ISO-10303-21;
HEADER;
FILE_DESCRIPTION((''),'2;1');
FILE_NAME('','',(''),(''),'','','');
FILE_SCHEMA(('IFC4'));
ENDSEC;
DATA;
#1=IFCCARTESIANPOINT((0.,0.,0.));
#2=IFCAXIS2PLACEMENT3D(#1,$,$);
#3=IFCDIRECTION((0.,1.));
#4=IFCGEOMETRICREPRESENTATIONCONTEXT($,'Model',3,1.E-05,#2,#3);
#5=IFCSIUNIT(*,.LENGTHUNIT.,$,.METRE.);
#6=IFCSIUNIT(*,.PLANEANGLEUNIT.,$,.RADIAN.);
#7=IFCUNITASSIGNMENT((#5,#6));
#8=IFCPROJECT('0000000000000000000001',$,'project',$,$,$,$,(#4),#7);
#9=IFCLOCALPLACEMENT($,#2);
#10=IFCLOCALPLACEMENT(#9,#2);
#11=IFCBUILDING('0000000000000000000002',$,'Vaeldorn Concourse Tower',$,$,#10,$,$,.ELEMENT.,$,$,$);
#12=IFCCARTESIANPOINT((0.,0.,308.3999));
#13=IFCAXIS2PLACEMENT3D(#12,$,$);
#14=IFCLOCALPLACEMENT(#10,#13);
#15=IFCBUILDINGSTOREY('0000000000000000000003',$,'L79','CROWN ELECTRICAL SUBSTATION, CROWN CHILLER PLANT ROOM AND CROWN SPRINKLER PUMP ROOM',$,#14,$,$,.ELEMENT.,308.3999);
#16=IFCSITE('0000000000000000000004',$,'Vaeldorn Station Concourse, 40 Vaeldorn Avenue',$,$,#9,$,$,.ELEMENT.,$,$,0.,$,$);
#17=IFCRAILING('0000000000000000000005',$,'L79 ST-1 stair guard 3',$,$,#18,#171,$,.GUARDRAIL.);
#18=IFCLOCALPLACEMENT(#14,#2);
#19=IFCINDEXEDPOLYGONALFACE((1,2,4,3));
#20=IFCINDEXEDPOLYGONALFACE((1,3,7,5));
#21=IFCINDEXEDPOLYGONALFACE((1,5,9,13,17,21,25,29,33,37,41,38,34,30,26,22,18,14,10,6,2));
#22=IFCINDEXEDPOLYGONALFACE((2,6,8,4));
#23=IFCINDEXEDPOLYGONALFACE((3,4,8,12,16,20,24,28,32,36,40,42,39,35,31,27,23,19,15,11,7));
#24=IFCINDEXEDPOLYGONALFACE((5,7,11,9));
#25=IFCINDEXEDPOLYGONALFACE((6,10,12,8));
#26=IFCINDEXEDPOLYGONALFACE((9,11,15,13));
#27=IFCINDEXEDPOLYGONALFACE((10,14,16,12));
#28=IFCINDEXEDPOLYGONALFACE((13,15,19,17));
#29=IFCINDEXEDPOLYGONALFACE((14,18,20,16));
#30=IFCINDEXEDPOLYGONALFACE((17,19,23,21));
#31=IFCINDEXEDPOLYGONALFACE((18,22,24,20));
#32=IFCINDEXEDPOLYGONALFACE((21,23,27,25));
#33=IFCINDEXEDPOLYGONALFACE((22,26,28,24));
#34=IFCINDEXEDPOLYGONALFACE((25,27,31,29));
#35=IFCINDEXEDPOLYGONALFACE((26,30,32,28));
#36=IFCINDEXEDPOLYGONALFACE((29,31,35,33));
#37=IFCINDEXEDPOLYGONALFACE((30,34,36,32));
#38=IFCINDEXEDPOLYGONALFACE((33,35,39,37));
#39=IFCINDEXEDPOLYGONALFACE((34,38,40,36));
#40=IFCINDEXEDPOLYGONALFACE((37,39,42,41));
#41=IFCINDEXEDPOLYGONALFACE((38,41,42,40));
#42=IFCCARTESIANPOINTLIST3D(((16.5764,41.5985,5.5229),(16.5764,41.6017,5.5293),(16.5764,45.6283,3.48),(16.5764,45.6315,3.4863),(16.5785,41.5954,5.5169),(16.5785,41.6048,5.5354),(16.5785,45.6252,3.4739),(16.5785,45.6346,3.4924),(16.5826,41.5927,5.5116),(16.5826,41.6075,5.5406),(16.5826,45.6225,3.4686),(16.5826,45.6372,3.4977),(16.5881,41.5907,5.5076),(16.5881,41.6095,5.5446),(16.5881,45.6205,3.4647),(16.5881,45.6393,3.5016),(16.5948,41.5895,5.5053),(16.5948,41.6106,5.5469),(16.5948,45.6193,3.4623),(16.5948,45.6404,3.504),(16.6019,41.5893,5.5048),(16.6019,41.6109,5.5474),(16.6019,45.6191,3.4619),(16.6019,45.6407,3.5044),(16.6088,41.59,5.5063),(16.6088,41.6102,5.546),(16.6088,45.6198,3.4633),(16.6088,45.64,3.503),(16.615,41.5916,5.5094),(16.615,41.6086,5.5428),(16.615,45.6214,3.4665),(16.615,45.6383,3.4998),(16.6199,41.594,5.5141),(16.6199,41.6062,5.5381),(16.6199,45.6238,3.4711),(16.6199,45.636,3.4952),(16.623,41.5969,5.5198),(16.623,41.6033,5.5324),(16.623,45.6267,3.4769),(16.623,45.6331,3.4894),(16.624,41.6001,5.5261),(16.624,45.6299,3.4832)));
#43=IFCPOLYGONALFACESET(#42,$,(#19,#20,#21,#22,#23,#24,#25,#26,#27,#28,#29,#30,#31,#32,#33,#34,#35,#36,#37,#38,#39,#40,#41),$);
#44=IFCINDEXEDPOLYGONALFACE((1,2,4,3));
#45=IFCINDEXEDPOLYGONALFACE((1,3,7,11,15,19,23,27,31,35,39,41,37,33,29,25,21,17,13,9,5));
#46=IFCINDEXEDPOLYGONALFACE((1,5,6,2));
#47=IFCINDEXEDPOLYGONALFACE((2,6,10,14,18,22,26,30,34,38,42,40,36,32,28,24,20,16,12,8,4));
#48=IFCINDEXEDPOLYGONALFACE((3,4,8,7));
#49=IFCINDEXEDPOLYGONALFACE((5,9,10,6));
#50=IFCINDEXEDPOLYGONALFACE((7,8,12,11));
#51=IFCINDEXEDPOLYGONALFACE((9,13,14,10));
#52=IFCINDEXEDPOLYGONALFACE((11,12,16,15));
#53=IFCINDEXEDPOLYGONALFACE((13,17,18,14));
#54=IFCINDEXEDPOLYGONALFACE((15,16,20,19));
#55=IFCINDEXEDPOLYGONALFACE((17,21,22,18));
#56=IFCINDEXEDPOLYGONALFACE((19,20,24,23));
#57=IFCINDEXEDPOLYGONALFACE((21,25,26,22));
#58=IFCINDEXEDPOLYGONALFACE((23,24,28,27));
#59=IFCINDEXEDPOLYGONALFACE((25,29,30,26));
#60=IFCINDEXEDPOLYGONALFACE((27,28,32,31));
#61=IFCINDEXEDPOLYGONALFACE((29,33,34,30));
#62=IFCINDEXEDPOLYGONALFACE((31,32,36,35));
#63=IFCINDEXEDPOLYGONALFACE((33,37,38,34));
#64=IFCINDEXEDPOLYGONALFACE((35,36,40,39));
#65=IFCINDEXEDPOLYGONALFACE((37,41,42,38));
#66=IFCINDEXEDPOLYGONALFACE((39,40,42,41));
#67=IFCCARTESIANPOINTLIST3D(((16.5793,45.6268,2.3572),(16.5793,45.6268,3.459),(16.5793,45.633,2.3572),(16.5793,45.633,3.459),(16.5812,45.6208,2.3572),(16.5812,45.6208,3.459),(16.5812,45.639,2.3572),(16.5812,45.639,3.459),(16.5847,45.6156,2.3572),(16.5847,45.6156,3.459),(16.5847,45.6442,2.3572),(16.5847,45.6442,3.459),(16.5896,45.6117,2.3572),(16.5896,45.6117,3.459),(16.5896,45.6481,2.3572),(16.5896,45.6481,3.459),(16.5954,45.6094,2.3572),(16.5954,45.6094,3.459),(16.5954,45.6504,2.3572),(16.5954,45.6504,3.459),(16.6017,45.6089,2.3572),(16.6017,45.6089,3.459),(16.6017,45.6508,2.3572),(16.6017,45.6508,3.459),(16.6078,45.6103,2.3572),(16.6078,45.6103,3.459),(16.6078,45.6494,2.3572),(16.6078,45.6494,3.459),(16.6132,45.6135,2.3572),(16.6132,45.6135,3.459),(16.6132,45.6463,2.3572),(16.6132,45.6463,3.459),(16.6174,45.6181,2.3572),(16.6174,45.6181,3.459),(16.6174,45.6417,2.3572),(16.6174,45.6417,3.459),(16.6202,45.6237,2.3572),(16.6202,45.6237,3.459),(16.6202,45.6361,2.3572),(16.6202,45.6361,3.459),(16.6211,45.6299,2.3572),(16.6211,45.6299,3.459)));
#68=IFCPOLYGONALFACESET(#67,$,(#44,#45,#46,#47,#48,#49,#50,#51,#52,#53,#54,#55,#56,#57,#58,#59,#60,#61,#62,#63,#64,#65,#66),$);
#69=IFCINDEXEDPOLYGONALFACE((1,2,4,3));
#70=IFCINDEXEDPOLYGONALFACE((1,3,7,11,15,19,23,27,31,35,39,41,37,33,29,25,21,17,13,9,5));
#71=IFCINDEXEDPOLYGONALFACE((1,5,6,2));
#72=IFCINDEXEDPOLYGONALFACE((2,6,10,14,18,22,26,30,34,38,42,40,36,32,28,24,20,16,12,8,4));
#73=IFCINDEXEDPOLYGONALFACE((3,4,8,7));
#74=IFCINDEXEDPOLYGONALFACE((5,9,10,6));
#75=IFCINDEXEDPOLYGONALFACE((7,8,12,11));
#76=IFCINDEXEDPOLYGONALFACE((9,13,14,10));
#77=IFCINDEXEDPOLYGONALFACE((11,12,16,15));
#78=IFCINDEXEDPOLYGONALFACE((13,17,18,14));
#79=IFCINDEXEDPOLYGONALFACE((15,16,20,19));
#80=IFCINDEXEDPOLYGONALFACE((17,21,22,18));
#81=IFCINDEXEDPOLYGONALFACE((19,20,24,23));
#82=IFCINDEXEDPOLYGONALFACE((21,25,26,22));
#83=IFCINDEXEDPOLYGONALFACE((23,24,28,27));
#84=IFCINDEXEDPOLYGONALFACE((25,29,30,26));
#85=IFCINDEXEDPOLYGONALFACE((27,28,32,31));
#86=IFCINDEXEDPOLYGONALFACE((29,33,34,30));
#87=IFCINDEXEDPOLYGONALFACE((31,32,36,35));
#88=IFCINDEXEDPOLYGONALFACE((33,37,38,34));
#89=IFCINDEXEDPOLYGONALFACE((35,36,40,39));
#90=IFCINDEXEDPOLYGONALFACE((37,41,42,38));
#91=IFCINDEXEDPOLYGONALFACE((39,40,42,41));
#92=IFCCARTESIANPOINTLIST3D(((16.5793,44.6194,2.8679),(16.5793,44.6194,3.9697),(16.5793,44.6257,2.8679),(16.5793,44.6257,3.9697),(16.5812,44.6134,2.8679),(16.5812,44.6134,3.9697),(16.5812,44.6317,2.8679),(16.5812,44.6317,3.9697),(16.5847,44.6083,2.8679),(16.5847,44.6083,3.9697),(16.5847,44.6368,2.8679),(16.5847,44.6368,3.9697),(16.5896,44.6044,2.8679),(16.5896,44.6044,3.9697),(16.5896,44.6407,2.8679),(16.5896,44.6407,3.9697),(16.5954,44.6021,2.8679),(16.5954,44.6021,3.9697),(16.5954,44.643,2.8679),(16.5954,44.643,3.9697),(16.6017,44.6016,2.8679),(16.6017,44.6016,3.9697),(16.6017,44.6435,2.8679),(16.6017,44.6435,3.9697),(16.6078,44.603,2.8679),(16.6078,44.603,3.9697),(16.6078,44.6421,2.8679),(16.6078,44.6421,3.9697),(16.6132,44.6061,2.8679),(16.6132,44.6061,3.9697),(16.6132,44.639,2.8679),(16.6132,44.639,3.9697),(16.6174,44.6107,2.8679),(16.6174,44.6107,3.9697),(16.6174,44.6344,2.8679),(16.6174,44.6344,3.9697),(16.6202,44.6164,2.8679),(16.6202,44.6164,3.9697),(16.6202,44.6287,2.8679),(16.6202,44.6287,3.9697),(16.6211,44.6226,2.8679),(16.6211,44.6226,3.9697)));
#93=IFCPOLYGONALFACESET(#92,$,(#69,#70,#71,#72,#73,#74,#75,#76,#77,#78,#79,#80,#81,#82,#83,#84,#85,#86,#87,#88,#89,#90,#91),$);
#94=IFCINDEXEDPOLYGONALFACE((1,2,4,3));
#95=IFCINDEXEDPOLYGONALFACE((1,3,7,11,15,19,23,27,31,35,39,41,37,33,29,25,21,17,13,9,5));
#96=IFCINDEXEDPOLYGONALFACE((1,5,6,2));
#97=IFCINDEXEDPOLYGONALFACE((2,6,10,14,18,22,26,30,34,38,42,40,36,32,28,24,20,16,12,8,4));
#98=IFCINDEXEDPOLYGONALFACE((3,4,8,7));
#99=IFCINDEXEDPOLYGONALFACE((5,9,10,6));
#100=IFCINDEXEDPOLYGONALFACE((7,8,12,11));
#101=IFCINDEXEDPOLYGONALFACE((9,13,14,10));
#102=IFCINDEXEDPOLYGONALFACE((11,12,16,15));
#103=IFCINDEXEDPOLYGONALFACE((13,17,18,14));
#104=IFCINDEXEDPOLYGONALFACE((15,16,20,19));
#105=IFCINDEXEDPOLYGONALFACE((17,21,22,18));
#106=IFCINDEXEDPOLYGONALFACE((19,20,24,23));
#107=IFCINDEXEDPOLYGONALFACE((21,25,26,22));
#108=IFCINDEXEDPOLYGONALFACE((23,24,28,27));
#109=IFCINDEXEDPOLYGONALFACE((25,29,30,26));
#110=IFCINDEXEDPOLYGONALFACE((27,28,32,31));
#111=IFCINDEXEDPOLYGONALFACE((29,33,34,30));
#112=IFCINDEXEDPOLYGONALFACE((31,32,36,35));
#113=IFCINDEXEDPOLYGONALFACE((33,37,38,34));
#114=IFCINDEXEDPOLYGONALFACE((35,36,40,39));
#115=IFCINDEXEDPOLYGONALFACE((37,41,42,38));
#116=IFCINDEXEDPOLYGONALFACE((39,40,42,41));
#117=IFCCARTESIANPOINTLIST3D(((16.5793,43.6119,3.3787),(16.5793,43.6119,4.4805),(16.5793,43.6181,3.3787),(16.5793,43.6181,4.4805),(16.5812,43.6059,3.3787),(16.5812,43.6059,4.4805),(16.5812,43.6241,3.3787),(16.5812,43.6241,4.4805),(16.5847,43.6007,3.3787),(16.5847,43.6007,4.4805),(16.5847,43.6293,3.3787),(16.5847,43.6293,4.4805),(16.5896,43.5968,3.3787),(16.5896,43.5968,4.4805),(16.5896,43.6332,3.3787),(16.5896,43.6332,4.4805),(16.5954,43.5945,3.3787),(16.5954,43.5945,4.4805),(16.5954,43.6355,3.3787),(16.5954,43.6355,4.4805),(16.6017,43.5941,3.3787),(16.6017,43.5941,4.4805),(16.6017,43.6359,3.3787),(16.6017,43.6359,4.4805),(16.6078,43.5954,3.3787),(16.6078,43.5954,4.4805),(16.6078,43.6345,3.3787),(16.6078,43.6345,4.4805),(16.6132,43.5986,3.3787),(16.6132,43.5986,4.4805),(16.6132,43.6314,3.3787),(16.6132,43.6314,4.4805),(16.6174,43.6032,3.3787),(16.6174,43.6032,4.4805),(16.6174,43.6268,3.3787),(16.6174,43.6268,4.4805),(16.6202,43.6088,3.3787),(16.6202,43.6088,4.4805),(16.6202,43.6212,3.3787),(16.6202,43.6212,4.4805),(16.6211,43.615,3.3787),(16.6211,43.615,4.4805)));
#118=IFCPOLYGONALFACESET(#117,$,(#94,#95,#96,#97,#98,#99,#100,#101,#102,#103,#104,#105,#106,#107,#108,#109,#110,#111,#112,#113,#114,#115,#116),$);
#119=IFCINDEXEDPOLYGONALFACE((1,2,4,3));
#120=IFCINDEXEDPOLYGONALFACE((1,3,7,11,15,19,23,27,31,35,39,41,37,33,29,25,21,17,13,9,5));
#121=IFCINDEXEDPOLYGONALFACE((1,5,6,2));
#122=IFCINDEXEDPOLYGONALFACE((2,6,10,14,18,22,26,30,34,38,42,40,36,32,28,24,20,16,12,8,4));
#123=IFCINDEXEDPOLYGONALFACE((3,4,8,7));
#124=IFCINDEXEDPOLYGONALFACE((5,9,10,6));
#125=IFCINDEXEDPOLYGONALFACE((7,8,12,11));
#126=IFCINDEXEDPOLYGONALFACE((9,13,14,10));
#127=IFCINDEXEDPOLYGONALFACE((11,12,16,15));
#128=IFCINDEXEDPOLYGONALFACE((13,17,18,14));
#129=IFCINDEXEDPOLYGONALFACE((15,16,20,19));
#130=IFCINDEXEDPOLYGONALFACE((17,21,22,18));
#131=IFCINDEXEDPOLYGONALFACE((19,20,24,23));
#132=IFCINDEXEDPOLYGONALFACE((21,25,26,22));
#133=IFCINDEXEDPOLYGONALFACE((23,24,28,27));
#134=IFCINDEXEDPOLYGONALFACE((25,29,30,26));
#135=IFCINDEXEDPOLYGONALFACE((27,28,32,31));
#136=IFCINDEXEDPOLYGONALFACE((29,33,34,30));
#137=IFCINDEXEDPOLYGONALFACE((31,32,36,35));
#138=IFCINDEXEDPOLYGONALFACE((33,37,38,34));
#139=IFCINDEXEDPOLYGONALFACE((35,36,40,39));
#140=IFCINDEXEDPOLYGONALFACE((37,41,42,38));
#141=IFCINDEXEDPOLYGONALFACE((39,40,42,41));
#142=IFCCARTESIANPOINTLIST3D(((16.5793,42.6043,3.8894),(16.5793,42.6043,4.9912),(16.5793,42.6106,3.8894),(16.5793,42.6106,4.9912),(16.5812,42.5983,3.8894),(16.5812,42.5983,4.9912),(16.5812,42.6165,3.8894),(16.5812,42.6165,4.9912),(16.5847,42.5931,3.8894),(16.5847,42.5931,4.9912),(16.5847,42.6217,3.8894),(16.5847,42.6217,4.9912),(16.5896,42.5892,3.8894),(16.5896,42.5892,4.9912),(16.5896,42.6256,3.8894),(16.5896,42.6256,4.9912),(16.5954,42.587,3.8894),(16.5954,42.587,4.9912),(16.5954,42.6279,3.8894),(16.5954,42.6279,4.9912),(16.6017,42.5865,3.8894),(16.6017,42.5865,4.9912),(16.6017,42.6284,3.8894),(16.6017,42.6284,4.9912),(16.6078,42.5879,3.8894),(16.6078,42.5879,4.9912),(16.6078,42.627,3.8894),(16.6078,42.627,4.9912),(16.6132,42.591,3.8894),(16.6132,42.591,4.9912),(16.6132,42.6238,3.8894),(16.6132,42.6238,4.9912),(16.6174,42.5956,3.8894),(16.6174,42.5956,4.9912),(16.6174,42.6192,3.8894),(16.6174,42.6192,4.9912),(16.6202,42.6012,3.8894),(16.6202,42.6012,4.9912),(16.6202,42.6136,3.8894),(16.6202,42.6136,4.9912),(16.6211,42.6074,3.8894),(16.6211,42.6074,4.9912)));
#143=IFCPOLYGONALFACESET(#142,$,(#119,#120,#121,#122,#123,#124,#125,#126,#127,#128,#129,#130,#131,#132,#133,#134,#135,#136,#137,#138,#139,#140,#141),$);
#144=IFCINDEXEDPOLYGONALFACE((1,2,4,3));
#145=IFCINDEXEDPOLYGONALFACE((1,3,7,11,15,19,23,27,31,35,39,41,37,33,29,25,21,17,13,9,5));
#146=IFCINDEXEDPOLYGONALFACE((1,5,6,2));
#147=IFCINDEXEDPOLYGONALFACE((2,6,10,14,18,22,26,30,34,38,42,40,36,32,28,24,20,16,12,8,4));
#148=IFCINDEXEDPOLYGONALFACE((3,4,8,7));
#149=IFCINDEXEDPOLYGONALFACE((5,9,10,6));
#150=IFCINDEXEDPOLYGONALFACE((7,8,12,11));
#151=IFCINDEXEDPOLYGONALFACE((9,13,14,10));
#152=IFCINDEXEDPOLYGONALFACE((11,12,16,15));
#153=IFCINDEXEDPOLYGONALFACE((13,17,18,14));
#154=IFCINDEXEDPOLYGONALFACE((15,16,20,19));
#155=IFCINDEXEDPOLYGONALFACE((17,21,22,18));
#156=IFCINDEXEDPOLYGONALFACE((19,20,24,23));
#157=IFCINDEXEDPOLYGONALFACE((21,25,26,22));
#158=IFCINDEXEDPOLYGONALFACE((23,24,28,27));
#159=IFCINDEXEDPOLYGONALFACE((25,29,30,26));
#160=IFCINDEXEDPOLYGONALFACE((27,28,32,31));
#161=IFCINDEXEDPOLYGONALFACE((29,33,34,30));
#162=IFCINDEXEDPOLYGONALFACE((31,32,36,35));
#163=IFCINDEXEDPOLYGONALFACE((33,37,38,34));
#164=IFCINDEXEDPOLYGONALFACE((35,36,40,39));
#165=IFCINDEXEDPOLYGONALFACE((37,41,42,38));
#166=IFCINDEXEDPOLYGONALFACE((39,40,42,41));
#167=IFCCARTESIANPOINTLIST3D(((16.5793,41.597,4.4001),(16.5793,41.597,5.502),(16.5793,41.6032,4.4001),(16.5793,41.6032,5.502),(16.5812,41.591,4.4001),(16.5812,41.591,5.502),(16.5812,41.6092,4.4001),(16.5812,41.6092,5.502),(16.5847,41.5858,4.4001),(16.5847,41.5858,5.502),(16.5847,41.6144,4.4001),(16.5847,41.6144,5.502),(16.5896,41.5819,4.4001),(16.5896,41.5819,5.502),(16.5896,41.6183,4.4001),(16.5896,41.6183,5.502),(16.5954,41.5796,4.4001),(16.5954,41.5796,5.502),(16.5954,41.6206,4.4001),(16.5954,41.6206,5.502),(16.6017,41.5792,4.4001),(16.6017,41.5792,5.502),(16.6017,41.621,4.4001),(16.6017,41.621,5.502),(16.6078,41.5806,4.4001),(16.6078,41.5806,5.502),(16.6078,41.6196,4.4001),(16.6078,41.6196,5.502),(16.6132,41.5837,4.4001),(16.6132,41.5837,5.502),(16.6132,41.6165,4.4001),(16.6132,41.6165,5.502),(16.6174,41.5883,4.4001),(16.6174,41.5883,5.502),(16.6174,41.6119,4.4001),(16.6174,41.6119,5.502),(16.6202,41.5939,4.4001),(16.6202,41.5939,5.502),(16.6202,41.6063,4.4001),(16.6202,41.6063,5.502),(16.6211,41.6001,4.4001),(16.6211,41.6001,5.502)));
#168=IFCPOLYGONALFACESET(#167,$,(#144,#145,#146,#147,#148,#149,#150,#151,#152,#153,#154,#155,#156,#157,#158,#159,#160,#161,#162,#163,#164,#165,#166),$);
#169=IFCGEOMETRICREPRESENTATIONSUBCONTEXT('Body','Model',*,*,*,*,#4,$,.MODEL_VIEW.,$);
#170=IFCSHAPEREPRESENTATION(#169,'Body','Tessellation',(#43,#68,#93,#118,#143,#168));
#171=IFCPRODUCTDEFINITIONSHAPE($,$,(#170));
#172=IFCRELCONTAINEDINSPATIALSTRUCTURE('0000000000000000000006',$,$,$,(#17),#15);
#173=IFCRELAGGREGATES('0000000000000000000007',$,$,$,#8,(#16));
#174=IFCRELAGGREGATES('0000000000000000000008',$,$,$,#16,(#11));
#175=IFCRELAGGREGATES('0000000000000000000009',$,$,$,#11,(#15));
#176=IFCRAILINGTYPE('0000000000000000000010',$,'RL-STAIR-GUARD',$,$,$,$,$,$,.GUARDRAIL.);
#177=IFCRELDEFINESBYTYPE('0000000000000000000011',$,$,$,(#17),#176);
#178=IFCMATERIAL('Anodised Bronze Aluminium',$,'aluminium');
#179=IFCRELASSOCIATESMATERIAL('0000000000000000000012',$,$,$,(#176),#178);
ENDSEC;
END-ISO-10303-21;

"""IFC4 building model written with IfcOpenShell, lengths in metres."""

from ifc_helpers import new_model, si_unit, direction, frame, origin, origin_2d, place, context, subcontext, project, spatial, circle, extrude, material, type_object, element, save


model = new_model("IFC4")

# Units and contexts
model_context = context("Model", 3, precision=1e-05, world=origin(), true_north=direction((0.0, 1.0)))
body_context = subcontext(model_context, "Body", "Model", "MODEL_VIEW")
ifc_project = project(units=[si_unit("LENGTHUNIT", "METRE"), si_unit("PLANEANGLEUNIT", "RADIAN")], contexts=[model_context])

# Site, building, storey
site_placement = place(None, origin())
site = spatial("IfcSite", under=ifc_project, at=site_placement, Name="Vaeldorn Station Concourse, 40 Vaeldorn Avenue", CompositionType="ELEMENT", RefElevation=0.0)
building_placement = place(site_placement, origin())
building = spatial("IfcBuilding", under=site, at=building_placement, Name="Vaeldorn Concourse Tower", CompositionType="ELEMENT")
storey_placement = place(building_placement, frame((0.0, 0.0, 308.3999)))
storey = spatial("IfcBuildingStorey", under=building, at=storey_placement, Name="L79", Description="CROWN ELECTRICAL SUBSTATION, CROWN CHILLER PLANT ROOM AND CROWN SPRINKLER PUMP ROOM", CompositionType="ELEMENT", Elevation=308.3999)

# Shared definitions
ifc_material_1 = material(Name="Anodised Bronze Aluminium", Category="aluminium")

# Railing
railing_type_1 = type_object("IfcRailingType", Name="RL-STAIR-GUARD", PredefinedType="GUARDRAIL", material=ifc_material_1)
railing_1_placement = place(storey_placement, frame((16.6001, 45.6299, 2.3572)))
element("IfcRailing", 1, at=railing_1_placement, inside=storey, type_object=railing_type_1, Name="L79 ST-1 stair guard 3", PredefinedType="GUARDRAIL", context=body_context, shape_type="SweptSolid", body=[
    extrude(circle(Radius=0.0239, at=origin_2d()), frame((0.0, 0.0, 1.126), z_axis=(0.0, -0.891928, 0.452178), x_axis=(1.0, 0.0, 0.0)), (0.0, 0.0, 1.0), 4.5181),
    extrude(circle(Radius=0.021, at=origin_2d()), origin(), (0.0, 0.0, 1.0), 1.1018),
    extrude(circle(Radius=0.021, at=origin_2d()), frame((0.0, -1.0073, 0.5107)), (0.0, 0.0, 1.0), 1.1018),
    extrude(circle(Radius=0.021, at=origin_2d()), frame((0.0, -2.0149, 1.0215)), (0.0, 0.0, 1.0), 1.1018),
    extrude(circle(Radius=0.021, at=origin_2d()), frame((0.0, -3.0225, 1.5322)), (0.0, 0.0, 1.0), 1.1018),
    extrude(circle(Radius=0.021, at=origin_2d()), frame((0.0, -4.0298, 2.043)), (0.0, 0.0, 1.0), 1.1018),
])

save(model, "model.ifc")
